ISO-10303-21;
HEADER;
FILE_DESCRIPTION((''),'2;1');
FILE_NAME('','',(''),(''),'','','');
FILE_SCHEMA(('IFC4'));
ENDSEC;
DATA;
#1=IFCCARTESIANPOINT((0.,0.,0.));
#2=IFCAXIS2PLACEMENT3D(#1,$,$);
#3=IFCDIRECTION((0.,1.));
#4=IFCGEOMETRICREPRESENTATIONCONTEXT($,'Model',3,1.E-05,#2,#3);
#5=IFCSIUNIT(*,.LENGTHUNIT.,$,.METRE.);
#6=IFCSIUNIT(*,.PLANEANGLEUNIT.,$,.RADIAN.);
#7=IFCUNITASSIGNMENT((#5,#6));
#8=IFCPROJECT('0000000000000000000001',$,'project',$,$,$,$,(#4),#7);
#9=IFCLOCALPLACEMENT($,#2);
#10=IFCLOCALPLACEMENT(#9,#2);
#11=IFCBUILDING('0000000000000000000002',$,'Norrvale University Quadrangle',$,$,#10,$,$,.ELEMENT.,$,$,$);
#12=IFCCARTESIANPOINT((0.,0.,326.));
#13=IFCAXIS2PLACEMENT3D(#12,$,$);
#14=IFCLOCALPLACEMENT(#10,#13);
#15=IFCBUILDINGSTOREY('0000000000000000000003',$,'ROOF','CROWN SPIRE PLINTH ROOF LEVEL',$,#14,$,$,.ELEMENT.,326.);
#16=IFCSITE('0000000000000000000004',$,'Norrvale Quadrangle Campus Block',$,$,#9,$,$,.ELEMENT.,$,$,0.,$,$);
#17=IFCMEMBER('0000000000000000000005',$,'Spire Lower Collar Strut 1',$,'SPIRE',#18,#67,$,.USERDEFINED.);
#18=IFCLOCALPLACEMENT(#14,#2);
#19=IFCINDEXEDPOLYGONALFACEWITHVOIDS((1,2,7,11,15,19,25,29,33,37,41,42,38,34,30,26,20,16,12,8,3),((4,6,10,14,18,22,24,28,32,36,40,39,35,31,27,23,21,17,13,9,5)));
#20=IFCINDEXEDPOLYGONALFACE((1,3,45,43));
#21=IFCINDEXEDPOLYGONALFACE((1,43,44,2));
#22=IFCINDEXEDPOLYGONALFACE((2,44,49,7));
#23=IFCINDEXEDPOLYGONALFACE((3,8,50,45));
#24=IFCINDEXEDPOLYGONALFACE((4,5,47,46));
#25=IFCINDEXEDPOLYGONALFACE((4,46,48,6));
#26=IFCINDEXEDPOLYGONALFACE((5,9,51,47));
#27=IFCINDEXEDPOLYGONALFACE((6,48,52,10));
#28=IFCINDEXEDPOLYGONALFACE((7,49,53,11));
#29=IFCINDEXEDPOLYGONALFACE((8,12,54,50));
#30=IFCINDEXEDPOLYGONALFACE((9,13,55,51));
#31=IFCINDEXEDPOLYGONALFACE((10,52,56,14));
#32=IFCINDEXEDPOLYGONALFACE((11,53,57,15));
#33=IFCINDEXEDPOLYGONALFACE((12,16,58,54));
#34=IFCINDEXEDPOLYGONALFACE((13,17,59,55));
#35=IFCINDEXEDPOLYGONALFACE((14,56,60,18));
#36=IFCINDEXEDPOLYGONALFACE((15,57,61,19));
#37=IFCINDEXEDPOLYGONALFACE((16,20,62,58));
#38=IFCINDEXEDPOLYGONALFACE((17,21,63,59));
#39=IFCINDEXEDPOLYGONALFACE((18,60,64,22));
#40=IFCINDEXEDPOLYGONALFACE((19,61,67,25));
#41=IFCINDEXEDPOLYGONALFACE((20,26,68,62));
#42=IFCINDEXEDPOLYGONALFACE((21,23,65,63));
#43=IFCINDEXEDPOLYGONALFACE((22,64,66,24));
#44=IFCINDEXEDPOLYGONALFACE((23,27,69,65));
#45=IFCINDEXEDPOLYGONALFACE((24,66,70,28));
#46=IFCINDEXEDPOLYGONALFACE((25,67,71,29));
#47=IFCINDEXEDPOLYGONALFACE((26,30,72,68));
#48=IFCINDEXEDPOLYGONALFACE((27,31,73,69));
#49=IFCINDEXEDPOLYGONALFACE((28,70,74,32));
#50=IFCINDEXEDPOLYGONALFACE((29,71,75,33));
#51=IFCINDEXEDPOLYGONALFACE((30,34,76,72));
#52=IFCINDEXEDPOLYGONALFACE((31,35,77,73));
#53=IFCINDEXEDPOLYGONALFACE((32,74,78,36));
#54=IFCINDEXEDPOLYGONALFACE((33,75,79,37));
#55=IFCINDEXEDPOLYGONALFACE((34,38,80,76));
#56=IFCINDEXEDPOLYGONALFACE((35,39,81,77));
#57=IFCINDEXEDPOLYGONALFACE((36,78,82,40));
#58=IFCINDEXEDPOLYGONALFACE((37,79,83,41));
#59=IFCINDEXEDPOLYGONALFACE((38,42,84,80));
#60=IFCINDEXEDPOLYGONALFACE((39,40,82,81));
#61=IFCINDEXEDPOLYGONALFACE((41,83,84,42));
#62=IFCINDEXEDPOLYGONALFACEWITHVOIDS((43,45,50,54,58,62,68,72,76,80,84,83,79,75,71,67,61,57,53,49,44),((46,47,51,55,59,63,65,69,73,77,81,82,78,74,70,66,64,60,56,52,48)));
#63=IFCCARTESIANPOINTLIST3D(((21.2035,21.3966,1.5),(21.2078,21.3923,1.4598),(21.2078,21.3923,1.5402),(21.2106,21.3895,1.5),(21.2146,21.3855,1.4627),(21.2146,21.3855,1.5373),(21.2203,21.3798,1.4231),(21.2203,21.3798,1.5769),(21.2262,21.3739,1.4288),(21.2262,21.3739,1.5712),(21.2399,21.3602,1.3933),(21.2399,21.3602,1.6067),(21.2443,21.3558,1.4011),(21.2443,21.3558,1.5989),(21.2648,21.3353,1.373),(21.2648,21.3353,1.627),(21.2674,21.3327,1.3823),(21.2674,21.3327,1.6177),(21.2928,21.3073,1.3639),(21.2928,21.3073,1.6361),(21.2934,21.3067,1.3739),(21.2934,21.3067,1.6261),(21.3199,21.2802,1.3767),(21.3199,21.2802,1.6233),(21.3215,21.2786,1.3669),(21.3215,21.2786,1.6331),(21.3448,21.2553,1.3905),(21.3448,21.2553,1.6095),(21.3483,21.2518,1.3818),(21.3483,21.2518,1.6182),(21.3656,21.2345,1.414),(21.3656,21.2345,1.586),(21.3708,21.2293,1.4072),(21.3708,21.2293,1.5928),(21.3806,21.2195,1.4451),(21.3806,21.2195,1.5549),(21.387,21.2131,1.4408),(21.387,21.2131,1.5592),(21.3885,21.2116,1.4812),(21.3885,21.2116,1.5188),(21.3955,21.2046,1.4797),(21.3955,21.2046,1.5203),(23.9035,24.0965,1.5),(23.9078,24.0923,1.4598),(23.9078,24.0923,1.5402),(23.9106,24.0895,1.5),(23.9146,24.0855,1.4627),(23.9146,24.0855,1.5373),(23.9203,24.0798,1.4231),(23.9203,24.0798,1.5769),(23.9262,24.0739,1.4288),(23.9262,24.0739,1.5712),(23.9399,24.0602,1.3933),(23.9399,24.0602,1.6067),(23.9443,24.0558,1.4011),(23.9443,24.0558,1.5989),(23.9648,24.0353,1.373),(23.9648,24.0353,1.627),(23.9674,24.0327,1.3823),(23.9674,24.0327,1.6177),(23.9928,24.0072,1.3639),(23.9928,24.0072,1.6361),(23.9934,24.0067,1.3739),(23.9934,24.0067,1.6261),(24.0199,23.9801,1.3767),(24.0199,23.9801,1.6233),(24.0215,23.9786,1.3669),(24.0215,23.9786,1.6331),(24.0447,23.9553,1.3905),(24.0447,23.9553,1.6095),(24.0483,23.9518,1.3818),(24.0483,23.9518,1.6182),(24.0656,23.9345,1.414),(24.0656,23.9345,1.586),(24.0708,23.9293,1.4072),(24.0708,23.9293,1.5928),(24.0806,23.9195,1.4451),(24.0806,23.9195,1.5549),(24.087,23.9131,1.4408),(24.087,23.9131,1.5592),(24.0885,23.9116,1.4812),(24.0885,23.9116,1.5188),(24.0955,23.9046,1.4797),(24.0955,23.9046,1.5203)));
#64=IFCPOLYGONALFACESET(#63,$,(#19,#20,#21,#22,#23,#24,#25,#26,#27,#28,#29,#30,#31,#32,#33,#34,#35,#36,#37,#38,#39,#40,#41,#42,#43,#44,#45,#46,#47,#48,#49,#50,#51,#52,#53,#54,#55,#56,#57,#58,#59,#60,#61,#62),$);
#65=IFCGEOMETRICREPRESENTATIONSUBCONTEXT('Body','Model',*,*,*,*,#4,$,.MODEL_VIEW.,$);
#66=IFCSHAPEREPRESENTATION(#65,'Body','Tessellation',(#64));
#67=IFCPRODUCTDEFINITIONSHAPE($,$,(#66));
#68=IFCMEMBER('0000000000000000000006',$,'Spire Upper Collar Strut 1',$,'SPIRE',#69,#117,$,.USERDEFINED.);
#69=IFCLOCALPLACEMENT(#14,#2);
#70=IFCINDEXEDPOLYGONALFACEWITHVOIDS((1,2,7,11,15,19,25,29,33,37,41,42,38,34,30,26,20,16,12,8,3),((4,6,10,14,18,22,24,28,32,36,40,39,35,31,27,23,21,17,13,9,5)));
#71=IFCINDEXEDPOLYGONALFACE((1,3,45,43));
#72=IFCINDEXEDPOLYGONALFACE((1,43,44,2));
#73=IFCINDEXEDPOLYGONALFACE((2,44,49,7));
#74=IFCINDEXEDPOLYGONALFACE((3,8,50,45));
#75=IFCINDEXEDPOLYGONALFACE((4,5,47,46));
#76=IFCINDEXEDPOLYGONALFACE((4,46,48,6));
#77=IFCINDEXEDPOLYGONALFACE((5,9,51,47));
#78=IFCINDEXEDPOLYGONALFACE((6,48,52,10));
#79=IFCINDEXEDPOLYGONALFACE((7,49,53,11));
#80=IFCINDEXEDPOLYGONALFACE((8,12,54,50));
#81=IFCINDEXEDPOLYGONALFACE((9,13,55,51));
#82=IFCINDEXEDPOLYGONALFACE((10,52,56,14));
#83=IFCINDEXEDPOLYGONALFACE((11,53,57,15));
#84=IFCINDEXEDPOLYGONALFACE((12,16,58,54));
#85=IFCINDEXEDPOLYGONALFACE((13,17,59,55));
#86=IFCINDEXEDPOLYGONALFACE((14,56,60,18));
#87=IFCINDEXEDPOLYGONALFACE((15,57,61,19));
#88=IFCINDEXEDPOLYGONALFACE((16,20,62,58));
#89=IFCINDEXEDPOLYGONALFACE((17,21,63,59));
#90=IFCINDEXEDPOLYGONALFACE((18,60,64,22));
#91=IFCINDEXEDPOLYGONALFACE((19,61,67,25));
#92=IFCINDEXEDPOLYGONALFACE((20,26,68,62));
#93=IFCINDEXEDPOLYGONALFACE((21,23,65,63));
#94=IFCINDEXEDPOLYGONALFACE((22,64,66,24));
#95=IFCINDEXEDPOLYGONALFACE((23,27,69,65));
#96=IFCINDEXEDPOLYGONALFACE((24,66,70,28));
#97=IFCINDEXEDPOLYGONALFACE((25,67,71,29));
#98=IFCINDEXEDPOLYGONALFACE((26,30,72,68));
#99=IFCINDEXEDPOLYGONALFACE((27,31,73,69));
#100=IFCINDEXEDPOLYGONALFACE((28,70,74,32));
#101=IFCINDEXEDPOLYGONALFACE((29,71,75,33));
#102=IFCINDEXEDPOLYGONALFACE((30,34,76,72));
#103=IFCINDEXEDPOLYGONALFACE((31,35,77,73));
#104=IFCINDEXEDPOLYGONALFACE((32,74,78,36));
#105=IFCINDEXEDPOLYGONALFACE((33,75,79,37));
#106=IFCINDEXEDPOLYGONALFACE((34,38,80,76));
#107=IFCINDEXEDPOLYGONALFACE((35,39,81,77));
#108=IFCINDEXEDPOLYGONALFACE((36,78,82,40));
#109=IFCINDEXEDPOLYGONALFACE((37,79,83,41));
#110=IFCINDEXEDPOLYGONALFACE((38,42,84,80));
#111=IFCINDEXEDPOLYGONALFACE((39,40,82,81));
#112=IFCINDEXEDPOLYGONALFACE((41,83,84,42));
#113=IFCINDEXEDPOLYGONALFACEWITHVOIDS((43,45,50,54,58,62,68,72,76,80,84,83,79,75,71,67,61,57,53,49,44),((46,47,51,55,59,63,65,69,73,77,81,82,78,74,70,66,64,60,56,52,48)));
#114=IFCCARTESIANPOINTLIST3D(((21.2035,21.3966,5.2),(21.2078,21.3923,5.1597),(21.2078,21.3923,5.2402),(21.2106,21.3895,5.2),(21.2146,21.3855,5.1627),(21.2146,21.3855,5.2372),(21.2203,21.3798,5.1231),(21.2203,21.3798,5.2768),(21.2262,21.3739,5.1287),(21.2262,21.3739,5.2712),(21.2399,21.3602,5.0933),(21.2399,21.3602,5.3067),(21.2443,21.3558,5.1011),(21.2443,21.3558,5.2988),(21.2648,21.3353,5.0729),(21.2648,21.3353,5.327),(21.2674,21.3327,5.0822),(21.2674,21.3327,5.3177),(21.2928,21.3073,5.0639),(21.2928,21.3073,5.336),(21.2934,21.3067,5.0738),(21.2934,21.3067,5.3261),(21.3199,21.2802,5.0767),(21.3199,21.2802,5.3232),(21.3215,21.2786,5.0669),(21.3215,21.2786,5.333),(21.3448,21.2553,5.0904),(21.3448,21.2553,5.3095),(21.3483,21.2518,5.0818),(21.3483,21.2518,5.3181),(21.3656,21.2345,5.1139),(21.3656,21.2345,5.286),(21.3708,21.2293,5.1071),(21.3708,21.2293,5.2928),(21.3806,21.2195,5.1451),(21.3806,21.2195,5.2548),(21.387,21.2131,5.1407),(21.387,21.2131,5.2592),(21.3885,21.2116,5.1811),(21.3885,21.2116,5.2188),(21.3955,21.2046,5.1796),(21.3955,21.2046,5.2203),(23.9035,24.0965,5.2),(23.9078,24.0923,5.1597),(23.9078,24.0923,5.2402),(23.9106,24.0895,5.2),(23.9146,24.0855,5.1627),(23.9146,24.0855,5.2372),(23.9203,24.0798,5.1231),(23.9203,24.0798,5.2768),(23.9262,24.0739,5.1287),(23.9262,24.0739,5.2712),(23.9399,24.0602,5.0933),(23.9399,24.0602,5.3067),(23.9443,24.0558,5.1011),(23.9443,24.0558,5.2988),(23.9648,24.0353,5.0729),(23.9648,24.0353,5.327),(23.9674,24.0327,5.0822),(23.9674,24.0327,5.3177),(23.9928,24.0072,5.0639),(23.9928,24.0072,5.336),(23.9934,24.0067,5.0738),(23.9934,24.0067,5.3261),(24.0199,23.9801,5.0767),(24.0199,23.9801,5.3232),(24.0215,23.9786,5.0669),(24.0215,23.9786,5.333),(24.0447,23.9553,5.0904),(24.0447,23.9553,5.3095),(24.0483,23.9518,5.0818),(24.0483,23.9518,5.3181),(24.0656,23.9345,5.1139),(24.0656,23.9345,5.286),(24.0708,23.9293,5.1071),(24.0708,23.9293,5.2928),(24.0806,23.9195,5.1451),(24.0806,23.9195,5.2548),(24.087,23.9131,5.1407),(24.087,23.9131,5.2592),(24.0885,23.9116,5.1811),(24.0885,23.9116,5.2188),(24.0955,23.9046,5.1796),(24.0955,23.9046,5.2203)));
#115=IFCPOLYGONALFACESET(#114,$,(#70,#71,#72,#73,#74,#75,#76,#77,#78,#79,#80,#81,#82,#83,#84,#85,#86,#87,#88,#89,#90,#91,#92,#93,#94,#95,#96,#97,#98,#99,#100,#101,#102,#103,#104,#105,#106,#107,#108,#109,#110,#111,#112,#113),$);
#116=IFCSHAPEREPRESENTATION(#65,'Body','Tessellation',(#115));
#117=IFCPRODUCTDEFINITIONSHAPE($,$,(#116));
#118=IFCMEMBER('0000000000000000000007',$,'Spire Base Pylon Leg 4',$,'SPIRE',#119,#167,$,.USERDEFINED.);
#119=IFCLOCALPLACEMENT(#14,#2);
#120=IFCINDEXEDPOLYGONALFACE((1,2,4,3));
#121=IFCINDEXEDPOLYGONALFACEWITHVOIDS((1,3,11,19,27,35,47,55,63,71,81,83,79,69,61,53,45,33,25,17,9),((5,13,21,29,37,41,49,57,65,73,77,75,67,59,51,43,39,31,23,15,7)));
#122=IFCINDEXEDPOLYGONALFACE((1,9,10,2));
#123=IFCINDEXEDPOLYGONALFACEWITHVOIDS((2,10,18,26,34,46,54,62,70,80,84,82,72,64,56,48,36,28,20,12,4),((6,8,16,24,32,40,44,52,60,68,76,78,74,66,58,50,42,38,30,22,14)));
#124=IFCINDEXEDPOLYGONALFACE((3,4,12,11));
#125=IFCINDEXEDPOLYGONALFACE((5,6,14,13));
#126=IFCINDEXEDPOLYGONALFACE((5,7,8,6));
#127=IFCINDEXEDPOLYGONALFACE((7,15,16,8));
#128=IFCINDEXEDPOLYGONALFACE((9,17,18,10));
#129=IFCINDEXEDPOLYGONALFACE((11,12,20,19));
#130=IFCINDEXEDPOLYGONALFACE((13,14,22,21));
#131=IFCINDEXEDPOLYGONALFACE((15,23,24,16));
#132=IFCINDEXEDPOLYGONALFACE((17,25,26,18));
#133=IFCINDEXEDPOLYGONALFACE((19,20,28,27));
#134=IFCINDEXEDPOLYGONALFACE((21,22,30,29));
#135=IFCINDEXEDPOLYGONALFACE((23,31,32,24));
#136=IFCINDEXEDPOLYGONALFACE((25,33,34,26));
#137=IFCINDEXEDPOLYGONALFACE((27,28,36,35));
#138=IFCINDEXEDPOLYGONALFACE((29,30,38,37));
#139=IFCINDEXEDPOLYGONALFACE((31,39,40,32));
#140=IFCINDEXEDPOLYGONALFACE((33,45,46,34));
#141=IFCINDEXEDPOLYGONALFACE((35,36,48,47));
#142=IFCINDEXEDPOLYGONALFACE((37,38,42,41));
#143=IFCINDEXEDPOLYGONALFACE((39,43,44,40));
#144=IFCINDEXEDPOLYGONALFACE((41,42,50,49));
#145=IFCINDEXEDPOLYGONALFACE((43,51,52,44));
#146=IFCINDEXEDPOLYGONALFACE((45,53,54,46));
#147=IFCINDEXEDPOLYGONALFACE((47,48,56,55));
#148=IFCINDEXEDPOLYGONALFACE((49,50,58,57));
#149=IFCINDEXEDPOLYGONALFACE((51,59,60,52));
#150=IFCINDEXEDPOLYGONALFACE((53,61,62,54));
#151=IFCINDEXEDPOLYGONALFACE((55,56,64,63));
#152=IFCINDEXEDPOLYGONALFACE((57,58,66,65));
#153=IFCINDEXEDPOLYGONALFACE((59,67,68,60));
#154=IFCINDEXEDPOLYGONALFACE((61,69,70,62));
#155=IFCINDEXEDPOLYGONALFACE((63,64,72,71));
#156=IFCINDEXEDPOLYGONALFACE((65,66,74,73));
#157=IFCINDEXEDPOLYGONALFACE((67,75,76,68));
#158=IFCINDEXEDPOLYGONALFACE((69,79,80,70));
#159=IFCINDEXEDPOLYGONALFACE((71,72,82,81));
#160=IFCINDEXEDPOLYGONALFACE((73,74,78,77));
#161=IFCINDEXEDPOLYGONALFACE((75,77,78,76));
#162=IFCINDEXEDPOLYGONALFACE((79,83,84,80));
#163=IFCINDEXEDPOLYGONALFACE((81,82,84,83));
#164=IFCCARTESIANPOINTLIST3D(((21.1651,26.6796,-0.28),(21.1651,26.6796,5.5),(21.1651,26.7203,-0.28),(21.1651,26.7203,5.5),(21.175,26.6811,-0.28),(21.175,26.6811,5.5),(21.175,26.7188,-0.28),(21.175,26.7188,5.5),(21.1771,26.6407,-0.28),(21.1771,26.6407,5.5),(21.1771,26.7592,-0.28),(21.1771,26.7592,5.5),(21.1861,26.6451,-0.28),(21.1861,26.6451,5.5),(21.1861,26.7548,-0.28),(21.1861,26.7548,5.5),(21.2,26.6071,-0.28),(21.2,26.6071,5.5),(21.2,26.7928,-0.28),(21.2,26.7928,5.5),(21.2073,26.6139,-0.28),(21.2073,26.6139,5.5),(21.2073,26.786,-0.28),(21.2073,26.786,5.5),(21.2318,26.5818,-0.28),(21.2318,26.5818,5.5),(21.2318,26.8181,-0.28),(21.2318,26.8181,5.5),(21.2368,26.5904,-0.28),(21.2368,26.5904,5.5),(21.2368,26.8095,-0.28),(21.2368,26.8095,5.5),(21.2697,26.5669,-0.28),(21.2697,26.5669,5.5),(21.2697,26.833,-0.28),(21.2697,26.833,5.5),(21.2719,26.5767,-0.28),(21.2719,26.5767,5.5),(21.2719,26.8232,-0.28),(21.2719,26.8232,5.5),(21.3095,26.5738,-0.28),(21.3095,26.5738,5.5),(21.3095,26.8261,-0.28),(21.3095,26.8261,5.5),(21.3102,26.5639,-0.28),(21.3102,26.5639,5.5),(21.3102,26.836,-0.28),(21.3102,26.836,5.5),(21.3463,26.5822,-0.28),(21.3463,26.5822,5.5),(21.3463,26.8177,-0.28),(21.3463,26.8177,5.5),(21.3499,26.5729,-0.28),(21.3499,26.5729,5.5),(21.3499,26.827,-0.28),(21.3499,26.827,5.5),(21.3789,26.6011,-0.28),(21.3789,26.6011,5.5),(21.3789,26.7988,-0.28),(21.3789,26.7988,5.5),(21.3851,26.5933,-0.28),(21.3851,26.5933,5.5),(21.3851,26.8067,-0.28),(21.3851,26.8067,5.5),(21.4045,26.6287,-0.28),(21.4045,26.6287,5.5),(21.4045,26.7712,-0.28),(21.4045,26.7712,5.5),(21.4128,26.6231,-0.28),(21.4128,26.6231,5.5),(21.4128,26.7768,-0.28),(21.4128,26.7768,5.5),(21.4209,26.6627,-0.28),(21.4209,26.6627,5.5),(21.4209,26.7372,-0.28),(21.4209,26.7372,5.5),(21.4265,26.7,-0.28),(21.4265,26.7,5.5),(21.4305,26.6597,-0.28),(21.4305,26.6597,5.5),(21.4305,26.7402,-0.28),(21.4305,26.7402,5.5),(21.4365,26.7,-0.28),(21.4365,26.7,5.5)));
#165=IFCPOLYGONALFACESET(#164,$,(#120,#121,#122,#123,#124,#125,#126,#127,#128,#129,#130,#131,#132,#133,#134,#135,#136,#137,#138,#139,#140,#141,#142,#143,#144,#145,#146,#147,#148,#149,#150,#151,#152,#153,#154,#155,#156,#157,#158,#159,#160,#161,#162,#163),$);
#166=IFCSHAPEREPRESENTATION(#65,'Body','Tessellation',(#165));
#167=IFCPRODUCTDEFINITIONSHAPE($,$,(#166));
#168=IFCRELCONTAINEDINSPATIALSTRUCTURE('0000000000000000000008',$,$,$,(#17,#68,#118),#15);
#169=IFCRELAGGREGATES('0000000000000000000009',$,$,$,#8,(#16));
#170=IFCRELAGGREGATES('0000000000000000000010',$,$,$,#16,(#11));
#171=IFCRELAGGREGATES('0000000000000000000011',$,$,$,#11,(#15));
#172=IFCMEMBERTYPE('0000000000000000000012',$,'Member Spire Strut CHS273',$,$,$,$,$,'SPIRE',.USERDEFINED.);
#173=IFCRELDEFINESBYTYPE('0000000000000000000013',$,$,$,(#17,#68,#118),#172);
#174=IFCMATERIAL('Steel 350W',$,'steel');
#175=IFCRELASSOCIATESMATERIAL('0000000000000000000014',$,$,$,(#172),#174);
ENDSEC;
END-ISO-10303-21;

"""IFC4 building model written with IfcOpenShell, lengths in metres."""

from ifc_helpers import new_model, si_unit, direction, frame, origin, origin_2d, place, context, subcontext, project, spatial, hollow_circle, extrude, material, material_profile, profile_set, type_object, element, save


model = new_model("IFC4")

# Units and contexts
model_context = context("Model", 3, precision=1e-05, world=origin(), true_north=direction((0.0, 1.0)))
body_context = subcontext(model_context, "Body", "Model", "MODEL_VIEW")
ifc_project = project(units=[si_unit("LENGTHUNIT", "METRE"), si_unit("PLANEANGLEUNIT", "RADIAN")], contexts=[model_context])

# Site, building, storey
site_placement = place(None, origin())
site = spatial("IfcSite", under=ifc_project, at=site_placement, Name="Norrvale Quadrangle Campus Block", CompositionType="ELEMENT", RefElevation=0.0)
building_placement = place(site_placement, origin())
building = spatial("IfcBuilding", under=site, at=building_placement, Name="Norrvale University Quadrangle", CompositionType="ELEMENT")
storey_placement = place(building_placement, frame((0.0, 0.0, 326.0)))
storey = spatial("IfcBuildingStorey", under=building, at=storey_placement, Name="ROOF", Description="CROWN SPIRE PLINTH ROOF LEVEL", CompositionType="ELEMENT", Elevation=326.0)

# Shared definitions
ifc_material_1 = material(Name="Steel 350W", Category="steel")

# Members
ifc_material_profile_1 = material_profile(ifc_material_1, hollow_circle(Radius=0.1365, WallThickness=0.01, at=origin_2d()), Name="Steel 350W")
ifc_profile_set_1 = profile_set([ifc_material_profile_1], Name="Steel 350W")
member_type_1 = type_object("IfcMemberType", Name="Member Spire Strut CHS273", ElementType="SPIRE", PredefinedType="USERDEFINED", material=ifc_profile_set_1)
for number, where, z_axis, x_axis, name in (
    (1, (21.3, 21.3, 1.5), (0.707107, 0.707107, 0.0), (-0.707107, 0.707107, 0.0), "Spire Lower Collar Strut 1"),
    (2, (21.3, 21.3, 5.2), (0.707107, 0.707107, 0.0), (-0.707107, 0.707107, 0.0), "Spire Upper Collar Strut 1"),
):
    element("IfcMember", number, at=place(storey_placement, frame(where, z_axis=z_axis, x_axis=x_axis)), inside=storey, type_object=member_type_1, Name=name, ObjectType="SPIRE", PredefinedType="USERDEFINED", context=body_context, shape_type="SweptSolid", body=[
        extrude(hollow_circle(Radius=0.1365, WallThickness=0.01, at=origin_2d()), origin(), (0.0, 0.0, 1.0), 3.8184),
    ])
member_1_placement = place(storey_placement, frame((21.3, 26.7, -0.28), z_axis=(0.0, 0.0, 1.0), x_axis=(1.0, 0.0, 0.0)))
element("IfcMember", 3, at=member_1_placement, inside=storey, type_object=member_type_1, Name="Spire Base Pylon Leg 4", ObjectType="SPIRE", PredefinedType="USERDEFINED", context=body_context, shape_type="SweptSolid", body=[
    extrude(hollow_circle(Radius=0.1365, WallThickness=0.01, at=origin_2d()), origin(), (0.0, 0.0, 1.0), 5.78),
])

save(model, "model.ifc")
